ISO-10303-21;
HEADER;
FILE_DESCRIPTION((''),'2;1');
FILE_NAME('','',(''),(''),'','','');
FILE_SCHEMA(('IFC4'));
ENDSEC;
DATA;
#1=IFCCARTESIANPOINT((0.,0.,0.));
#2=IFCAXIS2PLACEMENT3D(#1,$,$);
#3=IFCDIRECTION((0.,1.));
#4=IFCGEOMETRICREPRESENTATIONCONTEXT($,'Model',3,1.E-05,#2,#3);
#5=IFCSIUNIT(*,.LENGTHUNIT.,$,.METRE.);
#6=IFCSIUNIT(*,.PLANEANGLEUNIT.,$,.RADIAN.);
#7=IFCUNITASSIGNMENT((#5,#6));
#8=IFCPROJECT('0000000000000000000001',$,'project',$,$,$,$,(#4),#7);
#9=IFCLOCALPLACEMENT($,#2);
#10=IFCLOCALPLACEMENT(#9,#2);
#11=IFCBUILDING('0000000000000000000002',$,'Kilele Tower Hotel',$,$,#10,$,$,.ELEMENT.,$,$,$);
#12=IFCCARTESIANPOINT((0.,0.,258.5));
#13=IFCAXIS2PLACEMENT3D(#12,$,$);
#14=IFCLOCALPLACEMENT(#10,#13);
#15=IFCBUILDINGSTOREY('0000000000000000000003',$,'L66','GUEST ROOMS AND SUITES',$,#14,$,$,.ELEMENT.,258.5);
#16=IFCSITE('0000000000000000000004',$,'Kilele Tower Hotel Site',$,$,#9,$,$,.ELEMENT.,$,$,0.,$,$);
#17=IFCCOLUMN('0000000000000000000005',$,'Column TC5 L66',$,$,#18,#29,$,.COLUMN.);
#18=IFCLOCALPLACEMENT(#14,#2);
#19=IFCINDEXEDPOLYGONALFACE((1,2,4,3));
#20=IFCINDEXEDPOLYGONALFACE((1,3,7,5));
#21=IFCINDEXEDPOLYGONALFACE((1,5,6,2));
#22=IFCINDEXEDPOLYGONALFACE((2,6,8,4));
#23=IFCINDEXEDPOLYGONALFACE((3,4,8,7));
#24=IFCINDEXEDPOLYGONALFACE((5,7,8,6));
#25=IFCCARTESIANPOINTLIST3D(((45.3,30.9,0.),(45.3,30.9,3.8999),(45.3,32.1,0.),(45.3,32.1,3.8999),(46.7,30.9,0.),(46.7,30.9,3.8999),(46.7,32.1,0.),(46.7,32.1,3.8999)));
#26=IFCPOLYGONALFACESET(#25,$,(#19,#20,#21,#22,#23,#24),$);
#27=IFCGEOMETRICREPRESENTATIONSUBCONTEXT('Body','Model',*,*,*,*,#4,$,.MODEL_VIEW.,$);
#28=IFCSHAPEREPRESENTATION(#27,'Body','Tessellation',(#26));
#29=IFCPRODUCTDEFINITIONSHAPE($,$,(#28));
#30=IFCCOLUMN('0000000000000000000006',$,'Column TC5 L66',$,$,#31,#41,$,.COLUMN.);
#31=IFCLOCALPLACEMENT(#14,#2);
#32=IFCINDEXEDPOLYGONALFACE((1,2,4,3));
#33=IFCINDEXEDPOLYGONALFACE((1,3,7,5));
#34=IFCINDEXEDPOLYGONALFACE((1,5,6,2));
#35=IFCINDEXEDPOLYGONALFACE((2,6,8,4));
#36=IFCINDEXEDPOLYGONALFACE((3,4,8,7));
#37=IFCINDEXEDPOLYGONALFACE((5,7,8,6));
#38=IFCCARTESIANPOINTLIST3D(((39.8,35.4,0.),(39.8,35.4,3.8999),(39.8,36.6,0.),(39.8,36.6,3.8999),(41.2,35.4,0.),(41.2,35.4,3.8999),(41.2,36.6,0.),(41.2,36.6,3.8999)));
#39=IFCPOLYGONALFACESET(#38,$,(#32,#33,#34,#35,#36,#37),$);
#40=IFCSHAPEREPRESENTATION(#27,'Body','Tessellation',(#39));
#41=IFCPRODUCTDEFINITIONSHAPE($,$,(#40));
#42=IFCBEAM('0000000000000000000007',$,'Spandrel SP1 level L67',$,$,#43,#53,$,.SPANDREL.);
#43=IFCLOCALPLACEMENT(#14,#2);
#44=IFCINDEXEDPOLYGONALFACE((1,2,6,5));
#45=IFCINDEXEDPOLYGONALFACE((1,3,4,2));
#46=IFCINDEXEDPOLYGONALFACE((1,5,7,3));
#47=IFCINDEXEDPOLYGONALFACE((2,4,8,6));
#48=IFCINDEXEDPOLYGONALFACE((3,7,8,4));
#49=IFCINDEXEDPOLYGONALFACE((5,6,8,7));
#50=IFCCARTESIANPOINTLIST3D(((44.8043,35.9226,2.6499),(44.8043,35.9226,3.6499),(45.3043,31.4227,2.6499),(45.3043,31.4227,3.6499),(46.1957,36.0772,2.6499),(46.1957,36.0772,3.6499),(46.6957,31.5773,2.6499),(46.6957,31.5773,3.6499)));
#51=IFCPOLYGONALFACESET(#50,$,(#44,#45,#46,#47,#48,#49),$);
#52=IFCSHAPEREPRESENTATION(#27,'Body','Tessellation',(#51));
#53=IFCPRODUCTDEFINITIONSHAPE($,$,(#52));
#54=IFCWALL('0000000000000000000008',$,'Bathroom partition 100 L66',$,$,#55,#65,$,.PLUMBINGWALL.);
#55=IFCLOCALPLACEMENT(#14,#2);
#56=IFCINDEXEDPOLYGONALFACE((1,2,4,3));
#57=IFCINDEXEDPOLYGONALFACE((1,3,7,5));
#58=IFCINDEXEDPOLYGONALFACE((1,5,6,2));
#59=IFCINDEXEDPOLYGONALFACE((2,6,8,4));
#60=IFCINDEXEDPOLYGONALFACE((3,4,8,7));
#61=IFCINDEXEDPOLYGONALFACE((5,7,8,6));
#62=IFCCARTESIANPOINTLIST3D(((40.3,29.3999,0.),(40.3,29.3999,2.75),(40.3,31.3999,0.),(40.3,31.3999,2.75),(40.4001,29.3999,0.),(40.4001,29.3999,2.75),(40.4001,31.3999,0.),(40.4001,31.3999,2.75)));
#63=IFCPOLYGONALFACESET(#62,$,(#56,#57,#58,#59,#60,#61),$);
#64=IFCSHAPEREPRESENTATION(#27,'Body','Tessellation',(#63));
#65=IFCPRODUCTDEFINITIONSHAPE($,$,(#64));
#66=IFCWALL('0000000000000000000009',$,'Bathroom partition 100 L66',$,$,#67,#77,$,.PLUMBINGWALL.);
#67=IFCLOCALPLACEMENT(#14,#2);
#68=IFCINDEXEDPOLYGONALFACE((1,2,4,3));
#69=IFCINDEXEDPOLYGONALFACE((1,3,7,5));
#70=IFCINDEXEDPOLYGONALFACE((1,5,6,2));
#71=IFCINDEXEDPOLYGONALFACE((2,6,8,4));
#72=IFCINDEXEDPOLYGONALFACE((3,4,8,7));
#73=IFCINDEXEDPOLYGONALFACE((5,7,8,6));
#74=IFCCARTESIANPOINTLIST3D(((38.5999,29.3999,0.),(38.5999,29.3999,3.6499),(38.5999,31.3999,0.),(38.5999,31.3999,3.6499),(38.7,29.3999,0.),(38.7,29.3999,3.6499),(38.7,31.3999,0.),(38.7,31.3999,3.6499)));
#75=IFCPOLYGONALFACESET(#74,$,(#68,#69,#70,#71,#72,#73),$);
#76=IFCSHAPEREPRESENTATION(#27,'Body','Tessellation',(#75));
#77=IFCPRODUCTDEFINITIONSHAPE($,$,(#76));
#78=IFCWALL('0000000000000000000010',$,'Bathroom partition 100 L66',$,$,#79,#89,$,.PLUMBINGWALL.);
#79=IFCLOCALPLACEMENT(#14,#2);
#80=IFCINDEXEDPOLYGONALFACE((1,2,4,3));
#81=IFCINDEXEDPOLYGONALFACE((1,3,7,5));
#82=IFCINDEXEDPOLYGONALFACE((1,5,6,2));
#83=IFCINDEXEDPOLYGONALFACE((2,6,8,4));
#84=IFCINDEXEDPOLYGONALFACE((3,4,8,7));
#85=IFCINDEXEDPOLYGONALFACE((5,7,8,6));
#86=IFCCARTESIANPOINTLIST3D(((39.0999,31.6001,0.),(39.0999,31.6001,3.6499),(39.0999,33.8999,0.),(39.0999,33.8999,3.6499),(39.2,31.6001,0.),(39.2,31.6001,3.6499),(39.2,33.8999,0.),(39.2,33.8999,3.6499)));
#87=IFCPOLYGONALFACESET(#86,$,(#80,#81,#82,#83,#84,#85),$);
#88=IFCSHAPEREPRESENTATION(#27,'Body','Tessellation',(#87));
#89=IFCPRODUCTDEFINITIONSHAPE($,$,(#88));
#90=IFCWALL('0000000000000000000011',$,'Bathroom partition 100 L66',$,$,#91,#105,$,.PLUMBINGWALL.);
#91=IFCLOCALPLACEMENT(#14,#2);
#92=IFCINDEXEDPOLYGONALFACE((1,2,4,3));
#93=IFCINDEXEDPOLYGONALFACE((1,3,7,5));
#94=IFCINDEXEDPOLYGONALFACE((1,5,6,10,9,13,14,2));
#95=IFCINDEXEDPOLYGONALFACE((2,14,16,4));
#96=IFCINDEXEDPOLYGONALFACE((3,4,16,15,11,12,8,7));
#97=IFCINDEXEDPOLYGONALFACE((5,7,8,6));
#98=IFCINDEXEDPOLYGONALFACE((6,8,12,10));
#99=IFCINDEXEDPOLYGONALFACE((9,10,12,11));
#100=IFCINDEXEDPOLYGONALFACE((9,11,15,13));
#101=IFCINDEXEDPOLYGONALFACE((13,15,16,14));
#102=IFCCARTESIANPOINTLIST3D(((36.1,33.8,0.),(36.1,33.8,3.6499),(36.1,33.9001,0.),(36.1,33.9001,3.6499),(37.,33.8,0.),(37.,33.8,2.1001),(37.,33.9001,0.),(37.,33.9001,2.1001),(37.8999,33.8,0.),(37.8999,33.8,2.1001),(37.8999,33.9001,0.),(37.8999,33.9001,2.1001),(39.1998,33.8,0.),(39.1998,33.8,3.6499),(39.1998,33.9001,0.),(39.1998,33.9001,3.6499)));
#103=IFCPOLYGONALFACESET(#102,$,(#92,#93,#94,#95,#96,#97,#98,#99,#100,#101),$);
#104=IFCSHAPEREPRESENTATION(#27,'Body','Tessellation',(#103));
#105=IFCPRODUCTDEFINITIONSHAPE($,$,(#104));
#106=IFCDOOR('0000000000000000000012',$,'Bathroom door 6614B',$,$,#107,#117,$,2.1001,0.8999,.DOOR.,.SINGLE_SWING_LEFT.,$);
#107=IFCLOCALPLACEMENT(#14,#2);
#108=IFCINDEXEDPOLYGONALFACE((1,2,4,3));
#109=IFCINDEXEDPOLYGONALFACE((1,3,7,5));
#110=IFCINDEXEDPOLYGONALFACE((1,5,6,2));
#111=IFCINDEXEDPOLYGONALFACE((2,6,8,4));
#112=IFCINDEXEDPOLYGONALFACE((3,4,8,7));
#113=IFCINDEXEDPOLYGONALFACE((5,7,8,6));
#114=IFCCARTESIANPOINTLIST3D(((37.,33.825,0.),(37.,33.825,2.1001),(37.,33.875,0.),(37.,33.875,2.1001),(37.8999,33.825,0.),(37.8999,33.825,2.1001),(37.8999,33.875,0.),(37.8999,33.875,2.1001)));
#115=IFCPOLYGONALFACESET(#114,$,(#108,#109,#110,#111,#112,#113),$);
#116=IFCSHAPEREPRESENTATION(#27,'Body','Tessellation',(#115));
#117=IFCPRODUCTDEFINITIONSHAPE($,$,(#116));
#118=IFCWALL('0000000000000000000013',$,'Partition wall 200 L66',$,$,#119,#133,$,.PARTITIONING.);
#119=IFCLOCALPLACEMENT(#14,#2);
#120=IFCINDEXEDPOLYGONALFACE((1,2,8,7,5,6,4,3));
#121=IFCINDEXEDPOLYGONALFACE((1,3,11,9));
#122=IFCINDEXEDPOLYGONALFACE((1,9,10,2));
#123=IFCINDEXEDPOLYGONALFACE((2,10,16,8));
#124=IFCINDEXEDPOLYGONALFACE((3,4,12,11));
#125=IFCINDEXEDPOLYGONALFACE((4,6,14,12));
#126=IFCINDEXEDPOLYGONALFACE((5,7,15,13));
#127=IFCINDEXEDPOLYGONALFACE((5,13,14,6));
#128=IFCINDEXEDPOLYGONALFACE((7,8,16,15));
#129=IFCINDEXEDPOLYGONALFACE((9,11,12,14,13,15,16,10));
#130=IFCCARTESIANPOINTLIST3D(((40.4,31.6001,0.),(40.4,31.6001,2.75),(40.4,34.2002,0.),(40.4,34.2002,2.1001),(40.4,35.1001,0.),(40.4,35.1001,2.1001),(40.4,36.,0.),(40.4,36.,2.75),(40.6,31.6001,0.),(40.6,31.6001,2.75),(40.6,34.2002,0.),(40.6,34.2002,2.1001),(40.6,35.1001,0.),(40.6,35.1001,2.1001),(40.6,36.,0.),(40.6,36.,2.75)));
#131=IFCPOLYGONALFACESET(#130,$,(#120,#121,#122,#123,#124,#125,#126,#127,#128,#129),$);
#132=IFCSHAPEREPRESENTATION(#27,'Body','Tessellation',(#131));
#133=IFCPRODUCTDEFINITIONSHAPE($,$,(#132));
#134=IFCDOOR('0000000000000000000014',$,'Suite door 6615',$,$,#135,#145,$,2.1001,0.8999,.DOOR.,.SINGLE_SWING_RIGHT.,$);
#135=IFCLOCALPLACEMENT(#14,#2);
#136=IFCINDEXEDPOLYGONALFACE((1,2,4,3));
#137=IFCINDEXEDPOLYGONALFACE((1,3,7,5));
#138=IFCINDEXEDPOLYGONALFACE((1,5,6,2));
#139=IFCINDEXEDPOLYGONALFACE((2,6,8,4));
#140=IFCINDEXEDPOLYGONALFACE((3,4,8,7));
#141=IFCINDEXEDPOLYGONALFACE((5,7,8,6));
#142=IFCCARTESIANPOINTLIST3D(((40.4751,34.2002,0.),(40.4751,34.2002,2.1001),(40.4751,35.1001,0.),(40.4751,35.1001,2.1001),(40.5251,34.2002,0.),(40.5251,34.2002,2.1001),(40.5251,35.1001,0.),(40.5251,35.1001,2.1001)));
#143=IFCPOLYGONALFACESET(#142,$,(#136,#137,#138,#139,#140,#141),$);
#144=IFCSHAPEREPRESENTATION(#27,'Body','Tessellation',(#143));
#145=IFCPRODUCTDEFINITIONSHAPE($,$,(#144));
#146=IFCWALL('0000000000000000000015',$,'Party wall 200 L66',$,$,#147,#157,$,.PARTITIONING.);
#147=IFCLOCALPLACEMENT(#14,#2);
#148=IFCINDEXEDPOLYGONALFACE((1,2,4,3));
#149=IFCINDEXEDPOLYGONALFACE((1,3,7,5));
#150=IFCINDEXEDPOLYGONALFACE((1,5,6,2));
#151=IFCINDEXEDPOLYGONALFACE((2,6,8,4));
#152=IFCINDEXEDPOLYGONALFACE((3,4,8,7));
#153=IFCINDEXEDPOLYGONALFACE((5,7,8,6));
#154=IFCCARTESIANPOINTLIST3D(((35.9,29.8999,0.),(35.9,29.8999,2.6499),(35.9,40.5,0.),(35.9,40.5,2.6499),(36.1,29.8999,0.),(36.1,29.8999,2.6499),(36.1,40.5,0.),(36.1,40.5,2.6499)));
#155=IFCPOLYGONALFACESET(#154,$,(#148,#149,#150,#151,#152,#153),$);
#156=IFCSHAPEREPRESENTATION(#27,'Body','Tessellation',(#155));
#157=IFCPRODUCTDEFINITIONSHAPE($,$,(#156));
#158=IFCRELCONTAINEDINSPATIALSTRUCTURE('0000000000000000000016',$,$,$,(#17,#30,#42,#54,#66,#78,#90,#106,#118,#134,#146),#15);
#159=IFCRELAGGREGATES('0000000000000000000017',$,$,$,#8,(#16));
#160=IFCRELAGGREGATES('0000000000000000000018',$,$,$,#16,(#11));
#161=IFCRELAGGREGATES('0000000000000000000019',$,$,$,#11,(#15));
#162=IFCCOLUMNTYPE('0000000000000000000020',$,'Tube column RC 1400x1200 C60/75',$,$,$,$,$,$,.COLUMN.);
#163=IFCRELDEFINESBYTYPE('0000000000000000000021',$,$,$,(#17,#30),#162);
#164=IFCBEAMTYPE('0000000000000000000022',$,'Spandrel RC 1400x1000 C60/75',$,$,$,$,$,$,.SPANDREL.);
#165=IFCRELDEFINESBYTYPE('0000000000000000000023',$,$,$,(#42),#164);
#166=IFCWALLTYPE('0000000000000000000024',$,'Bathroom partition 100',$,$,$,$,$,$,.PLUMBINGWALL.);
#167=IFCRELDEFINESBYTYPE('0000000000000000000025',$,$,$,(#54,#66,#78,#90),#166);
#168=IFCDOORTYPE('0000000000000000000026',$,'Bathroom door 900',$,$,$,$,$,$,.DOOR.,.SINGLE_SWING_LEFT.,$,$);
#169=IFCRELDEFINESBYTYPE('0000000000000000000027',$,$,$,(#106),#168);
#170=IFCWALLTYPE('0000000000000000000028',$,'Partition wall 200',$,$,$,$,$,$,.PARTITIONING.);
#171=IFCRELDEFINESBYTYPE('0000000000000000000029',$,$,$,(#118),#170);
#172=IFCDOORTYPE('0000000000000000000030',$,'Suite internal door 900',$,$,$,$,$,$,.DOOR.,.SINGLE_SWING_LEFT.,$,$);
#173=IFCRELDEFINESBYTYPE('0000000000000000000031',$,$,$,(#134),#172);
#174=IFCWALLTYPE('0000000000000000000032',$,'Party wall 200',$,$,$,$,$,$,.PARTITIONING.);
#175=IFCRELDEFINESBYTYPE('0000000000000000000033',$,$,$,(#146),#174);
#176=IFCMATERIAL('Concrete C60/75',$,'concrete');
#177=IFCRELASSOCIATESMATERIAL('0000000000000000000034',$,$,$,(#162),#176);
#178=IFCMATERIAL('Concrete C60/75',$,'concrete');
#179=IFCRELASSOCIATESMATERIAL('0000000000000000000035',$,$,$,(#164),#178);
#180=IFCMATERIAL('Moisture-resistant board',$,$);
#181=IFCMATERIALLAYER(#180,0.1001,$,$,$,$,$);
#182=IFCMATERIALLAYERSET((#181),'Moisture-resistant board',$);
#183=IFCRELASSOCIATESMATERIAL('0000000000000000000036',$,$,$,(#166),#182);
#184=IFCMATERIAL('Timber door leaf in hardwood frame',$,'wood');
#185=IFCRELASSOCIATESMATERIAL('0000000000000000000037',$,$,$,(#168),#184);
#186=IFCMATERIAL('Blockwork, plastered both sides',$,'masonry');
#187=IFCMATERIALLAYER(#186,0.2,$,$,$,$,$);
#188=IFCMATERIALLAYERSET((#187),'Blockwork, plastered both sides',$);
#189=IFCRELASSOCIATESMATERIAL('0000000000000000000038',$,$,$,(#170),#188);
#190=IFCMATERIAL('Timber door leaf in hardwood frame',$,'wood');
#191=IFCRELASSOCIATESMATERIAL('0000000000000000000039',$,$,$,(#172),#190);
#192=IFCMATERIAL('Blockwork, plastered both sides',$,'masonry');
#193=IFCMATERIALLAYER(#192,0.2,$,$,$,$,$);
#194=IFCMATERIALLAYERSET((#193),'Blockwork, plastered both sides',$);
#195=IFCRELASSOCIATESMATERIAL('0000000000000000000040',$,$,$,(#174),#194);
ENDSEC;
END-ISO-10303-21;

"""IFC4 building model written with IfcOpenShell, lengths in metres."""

from ifc_helpers import new_model, si_unit, direction, frame, frame_2d, origin, origin_2d, place, context, subcontext, project, spatial, rectangle, extrude, material, layer, layer_set, material_profile, profile_set, type_object, element, fill, save


model = new_model("IFC4")

# Units and contexts
model_context = context("Model", 3, precision=1e-05, world=origin(), true_north=direction((0.0, 1.0)))
body_context = subcontext(model_context, "Body", "Model", "MODEL_VIEW")
ifc_project = project(units=[si_unit("LENGTHUNIT", "METRE"), si_unit("PLANEANGLEUNIT", "RADIAN")], contexts=[model_context])

# Site, building, storey
site_placement = place(None, origin())
site = spatial("IfcSite", under=ifc_project, at=site_placement, Name="Kilele Tower Hotel Site", CompositionType="ELEMENT", RefElevation=0.0)
building_placement = place(site_placement, origin())
building = spatial("IfcBuilding", under=site, at=building_placement, Name="Kilele Tower Hotel", CompositionType="ELEMENT")
storey_placement = place(building_placement, frame((0.0, 0.0, 258.5)))
storey = spatial("IfcBuildingStorey", under=building, at=storey_placement, Name="L66", Description="GUEST ROOMS AND SUITES", CompositionType="ELEMENT", Elevation=258.5)

# Columns
ifc_material_1 = material(Name="Concrete C60/75", Category="concrete")
ifc_material_profile_1 = material_profile(ifc_material_1, rectangle(XDim=1.3999, YDim=1.2, at=origin_2d()))
ifc_profile_set_1 = profile_set([ifc_material_profile_1], Name="Concrete C60/75")
column_type = type_object("IfcColumnType", Name="Tube column RC 1400x1200 C60/75", PredefinedType="COLUMN", material=ifc_profile_set_1)
for number, where, z_axis, x_axis, name in (
    (1, (46.0, 31.5, 0.0), (0.0, 0.0, 1.0), (1.0, 0.0, 0.0), "Column TC5 L66"),
    (2, (40.5, 36.0, 0.0), (0.0, 0.0, 1.0), (1.0, 0.0, 0.0), "Column TC5 L66"),
):
    element("IfcColumn", number, at=place(storey_placement, frame(where, z_axis=z_axis, x_axis=x_axis)), inside=storey, type_object=column_type, Name=name, PredefinedType="COLUMN", context=body_context, shape_type="SweptSolid", body=[
        extrude(rectangle(XDim=1.3999, YDim=1.2, at=origin_2d()), origin(), (0.0, 0.0, 1.0), 3.8999),
    ])

# Beam
ifc_material_2 = material(Name="Concrete C60/75", Category="concrete")
ifc_material_profile_2 = material_profile(ifc_material_2, rectangle(XDim=1.3999, YDim=1.0, at=origin_2d()))
ifc_profile_set_2 = profile_set([ifc_material_profile_2], Name="Concrete C60/75")
beam_type = type_object("IfcBeamType", Name="Spandrel RC 1400x1000 C60/75", PredefinedType="SPANDREL", material=ifc_profile_set_2)
beam_placement = place(storey_placement, frame((46.0, 31.5, 3.1499), z_axis=(-0.110432, 0.993884, 0.0), x_axis=(-0.993884, -0.110432, 0.0)))
element("IfcBeam", 3, at=beam_placement, inside=storey, type_object=beam_type, Name="Spandrel SP1 level L67", PredefinedType="SPANDREL", context=body_context, shape_type="SweptSolid", body=[
    extrude(rectangle(XDim=1.3999, YDim=1.0, at=origin_2d()), origin(), (0.0, 0.0, 1.0), 4.5276),
])

# Walls
ifc_material_3 = material(Name="Moisture-resistant board")
ifc_layer_1 = layer(ifc_material_3, 0.1001)
ifc_layer_set_1 = layer_set([ifc_layer_1], Name="Moisture-resistant board")
wall_type_1 = type_object("IfcWallType", Name="Bathroom partition 100", PredefinedType="PLUMBINGWALL", material=ifc_layer_set_1)
wall_1_placement = place(storey_placement, frame((40.3501, 31.3999, 0.0), z_axis=(0.0, 0.0, 1.0), x_axis=(0.0, -1.0, 0.0)))
element("IfcWall", 4, at=wall_1_placement, inside=storey, type_object=wall_type_1, Name="Bathroom partition 100 L66", PredefinedType="PLUMBINGWALL", context=body_context, shape_type="SweptSolid", body=[
    extrude(rectangle(XDim=2.0, YDim=0.1001, at=frame_2d((1.0, 0.0))), origin(), (0.0, 0.0, 1.0), 2.75),
])
wall_2_placement = place(storey_placement, frame((38.6499, 31.3999, 0.0), z_axis=(0.0, 0.0, 1.0), x_axis=(0.0, -1.0, 0.0)))
element("IfcWall", 5, at=wall_2_placement, inside=storey, type_object=wall_type_1, Name="Bathroom partition 100 L66", PredefinedType="PLUMBINGWALL", context=body_context, shape_type="SweptSolid", body=[
    extrude(rectangle(XDim=2.0, YDim=0.1001, at=frame_2d((1.0, 0.0))), origin(), (0.0, 0.0, 1.0), 3.6499),
])
wall_3_placement = place(storey_placement, frame((39.1499, 31.6001, 0.0), z_axis=(0.0, 0.0, 1.0), x_axis=(0.0, 1.0, 0.0)))
element("IfcWall", 6, at=wall_3_placement, inside=storey, type_object=wall_type_1, Name="Bathroom partition 100 L66", PredefinedType="PLUMBINGWALL", context=body_context, shape_type="SweptSolid", body=[
    extrude(rectangle(XDim=2.2998, YDim=0.1001, at=frame_2d((1.1499, 0.0))), origin(), (0.0, 0.0, 1.0), 3.6499),
])

# Walls, openings, doors
wall_4_placement = place(storey_placement, frame((36.1001, 33.8501, 0.0), z_axis=(0.0, 0.0, 1.0), x_axis=(1.0, 0.0, 0.0)))
wall_4 = element("IfcWall", 7, at=wall_4_placement, inside=storey, type_object=wall_type_1, Name="Bathroom partition 100 L66", PredefinedType="PLUMBINGWALL", context=body_context, shape_type="SweptSolid", body=[
    extrude(rectangle(XDim=3.0999, YDim=0.1001, at=frame_2d((1.5498, 0.0))), origin(), (0.0, 0.0, 1.0), 3.6499),
])
opening_1_placement = place(wall_4_placement, frame((0.8999, 0.0, 0.0)))
opening_1 = element("IfcOpeningElement", 8, at=opening_1_placement, cuts=wall_4, PredefinedType="OPENING", context=body_context, shape_type="SweptSolid", body=[
    extrude(rectangle(XDim=0.8999, YDim=2.1001, at=frame_2d((0.45, 1.05))), frame((0.0, 0.0601, 0.0), z_axis=(0.0, -1.0, 0.0), x_axis=(1.0, 0.0, 0.0)), (0.0, 0.0, 1.0), 0.1201),
])
ifc_material_4 = material(Name="Timber door leaf in hardwood frame", Category="wood")
door_type_1 = type_object("IfcDoorType", Name="Bathroom door 900", OperationType="SINGLE_SWING_LEFT", PredefinedType="DOOR", material=ifc_material_4)
door_1_placement = place(opening_1_placement, origin())
door_1 = element("IfcDoor", 9, at=door_1_placement, inside=storey, type_object=door_type_1, Name="Bathroom door 6614B", OperationType="SINGLE_SWING_LEFT", OverallHeight=2.1001, OverallWidth=0.8999, PredefinedType="DOOR", context=body_context, shape_type="SweptSolid", body=[
    extrude(rectangle(XDim=0.8999, YDim=2.1001, at=frame_2d((0.45, 1.05))), frame((0.0, 0.0249, 0.0), z_axis=(0.0, -1.0, 0.0), x_axis=(1.0, 0.0, 0.0)), (0.0, 0.0, 1.0), 0.05),
])
fill(opening_1, door_1)
ifc_material_5 = material(Name="Blockwork, plastered both sides", Category="masonry")
ifc_layer_2 = layer(ifc_material_5, 0.2)
ifc_layer_set_2 = layer_set([ifc_layer_2], Name="Blockwork, plastered both sides")
wall_type_2 = type_object("IfcWallType", Name="Partition wall 200", PredefinedType="PARTITIONING", material=ifc_layer_set_2)
wall_5_placement = place(storey_placement, frame((40.5, 31.6001, 0.0), z_axis=(0.0, 0.0, 1.0), x_axis=(0.0, 1.0, 0.0)))
wall_5 = element("IfcWall", 10, at=wall_5_placement, inside=storey, type_object=wall_type_2, Name="Partition wall 200 L66", PredefinedType="PARTITIONING", context=body_context, shape_type="SweptSolid", body=[
    extrude(rectangle(XDim=4.3999, YDim=0.2, at=frame_2d((2.2, 0.0))), origin(), (0.0, 0.0, 1.0), 2.75),
])
opening_2_placement = place(wall_5_placement, frame((2.6001, 0.0, 0.0)))
opening_2 = element("IfcOpeningElement", 11, at=opening_2_placement, cuts=wall_5, PredefinedType="OPENING", context=body_context, shape_type="SweptSolid", body=[
    extrude(rectangle(XDim=0.8999, YDim=2.1001, at=frame_2d((0.45, 1.05))), frame((0.0, 0.1099, 0.0), z_axis=(0.0, -1.0, 0.0), x_axis=(1.0, 0.0, 0.0)), (0.0, 0.0, 1.0), 0.22),
])
ifc_material_6 = material(Name="Timber door leaf in hardwood frame", Category="wood")
door_type_2 = type_object("IfcDoorType", Name="Suite internal door 900", OperationType="SINGLE_SWING_LEFT", PredefinedType="DOOR", material=ifc_material_6)
door_2_placement = place(opening_2_placement, origin())
door_2 = element("IfcDoor", 12, at=door_2_placement, inside=storey, type_object=door_type_2, Name="Suite door 6615", OperationType="SINGLE_SWING_RIGHT", OverallHeight=2.1001, OverallWidth=0.8999, PredefinedType="DOOR", context=body_context, shape_type="SweptSolid", body=[
    extrude(rectangle(XDim=0.8999, YDim=2.1001, at=frame_2d((0.45, 1.05))), frame((0.0, 0.0249, 0.0), z_axis=(0.0, -1.0, 0.0), x_axis=(1.0, 0.0, 0.0)), (0.0, 0.0, 1.0), 0.05),
])
fill(opening_2, door_2)

# Wall
ifc_material_7 = material(Name="Blockwork, plastered both sides", Category="masonry")
ifc_layer_3 = layer(ifc_material_7, 0.2)
ifc_layer_set_3 = layer_set([ifc_layer_3], Name="Blockwork, plastered both sides")
wall_type_3 = type_object("IfcWallType", Name="Party wall 200", PredefinedType="PARTITIONING", material=ifc_layer_set_3)
wall_6_placement = place(storey_placement, frame((36.0, 29.8999, 0.0), z_axis=(0.0, 0.0, 1.0), x_axis=(0.0, 1.0, 0.0)))
element("IfcWall", 13, at=wall_6_placement, inside=storey, type_object=wall_type_3, Name="Party wall 200 L66", PredefinedType="PARTITIONING", context=body_context, shape_type="SweptSolid", body=[
    extrude(rectangle(XDim=10.6001, YDim=0.2, at=frame_2d((5.3, 0.0))), origin(), (0.0, 0.0, 1.0), 2.6499),
])

save(model, "model.ifc")
